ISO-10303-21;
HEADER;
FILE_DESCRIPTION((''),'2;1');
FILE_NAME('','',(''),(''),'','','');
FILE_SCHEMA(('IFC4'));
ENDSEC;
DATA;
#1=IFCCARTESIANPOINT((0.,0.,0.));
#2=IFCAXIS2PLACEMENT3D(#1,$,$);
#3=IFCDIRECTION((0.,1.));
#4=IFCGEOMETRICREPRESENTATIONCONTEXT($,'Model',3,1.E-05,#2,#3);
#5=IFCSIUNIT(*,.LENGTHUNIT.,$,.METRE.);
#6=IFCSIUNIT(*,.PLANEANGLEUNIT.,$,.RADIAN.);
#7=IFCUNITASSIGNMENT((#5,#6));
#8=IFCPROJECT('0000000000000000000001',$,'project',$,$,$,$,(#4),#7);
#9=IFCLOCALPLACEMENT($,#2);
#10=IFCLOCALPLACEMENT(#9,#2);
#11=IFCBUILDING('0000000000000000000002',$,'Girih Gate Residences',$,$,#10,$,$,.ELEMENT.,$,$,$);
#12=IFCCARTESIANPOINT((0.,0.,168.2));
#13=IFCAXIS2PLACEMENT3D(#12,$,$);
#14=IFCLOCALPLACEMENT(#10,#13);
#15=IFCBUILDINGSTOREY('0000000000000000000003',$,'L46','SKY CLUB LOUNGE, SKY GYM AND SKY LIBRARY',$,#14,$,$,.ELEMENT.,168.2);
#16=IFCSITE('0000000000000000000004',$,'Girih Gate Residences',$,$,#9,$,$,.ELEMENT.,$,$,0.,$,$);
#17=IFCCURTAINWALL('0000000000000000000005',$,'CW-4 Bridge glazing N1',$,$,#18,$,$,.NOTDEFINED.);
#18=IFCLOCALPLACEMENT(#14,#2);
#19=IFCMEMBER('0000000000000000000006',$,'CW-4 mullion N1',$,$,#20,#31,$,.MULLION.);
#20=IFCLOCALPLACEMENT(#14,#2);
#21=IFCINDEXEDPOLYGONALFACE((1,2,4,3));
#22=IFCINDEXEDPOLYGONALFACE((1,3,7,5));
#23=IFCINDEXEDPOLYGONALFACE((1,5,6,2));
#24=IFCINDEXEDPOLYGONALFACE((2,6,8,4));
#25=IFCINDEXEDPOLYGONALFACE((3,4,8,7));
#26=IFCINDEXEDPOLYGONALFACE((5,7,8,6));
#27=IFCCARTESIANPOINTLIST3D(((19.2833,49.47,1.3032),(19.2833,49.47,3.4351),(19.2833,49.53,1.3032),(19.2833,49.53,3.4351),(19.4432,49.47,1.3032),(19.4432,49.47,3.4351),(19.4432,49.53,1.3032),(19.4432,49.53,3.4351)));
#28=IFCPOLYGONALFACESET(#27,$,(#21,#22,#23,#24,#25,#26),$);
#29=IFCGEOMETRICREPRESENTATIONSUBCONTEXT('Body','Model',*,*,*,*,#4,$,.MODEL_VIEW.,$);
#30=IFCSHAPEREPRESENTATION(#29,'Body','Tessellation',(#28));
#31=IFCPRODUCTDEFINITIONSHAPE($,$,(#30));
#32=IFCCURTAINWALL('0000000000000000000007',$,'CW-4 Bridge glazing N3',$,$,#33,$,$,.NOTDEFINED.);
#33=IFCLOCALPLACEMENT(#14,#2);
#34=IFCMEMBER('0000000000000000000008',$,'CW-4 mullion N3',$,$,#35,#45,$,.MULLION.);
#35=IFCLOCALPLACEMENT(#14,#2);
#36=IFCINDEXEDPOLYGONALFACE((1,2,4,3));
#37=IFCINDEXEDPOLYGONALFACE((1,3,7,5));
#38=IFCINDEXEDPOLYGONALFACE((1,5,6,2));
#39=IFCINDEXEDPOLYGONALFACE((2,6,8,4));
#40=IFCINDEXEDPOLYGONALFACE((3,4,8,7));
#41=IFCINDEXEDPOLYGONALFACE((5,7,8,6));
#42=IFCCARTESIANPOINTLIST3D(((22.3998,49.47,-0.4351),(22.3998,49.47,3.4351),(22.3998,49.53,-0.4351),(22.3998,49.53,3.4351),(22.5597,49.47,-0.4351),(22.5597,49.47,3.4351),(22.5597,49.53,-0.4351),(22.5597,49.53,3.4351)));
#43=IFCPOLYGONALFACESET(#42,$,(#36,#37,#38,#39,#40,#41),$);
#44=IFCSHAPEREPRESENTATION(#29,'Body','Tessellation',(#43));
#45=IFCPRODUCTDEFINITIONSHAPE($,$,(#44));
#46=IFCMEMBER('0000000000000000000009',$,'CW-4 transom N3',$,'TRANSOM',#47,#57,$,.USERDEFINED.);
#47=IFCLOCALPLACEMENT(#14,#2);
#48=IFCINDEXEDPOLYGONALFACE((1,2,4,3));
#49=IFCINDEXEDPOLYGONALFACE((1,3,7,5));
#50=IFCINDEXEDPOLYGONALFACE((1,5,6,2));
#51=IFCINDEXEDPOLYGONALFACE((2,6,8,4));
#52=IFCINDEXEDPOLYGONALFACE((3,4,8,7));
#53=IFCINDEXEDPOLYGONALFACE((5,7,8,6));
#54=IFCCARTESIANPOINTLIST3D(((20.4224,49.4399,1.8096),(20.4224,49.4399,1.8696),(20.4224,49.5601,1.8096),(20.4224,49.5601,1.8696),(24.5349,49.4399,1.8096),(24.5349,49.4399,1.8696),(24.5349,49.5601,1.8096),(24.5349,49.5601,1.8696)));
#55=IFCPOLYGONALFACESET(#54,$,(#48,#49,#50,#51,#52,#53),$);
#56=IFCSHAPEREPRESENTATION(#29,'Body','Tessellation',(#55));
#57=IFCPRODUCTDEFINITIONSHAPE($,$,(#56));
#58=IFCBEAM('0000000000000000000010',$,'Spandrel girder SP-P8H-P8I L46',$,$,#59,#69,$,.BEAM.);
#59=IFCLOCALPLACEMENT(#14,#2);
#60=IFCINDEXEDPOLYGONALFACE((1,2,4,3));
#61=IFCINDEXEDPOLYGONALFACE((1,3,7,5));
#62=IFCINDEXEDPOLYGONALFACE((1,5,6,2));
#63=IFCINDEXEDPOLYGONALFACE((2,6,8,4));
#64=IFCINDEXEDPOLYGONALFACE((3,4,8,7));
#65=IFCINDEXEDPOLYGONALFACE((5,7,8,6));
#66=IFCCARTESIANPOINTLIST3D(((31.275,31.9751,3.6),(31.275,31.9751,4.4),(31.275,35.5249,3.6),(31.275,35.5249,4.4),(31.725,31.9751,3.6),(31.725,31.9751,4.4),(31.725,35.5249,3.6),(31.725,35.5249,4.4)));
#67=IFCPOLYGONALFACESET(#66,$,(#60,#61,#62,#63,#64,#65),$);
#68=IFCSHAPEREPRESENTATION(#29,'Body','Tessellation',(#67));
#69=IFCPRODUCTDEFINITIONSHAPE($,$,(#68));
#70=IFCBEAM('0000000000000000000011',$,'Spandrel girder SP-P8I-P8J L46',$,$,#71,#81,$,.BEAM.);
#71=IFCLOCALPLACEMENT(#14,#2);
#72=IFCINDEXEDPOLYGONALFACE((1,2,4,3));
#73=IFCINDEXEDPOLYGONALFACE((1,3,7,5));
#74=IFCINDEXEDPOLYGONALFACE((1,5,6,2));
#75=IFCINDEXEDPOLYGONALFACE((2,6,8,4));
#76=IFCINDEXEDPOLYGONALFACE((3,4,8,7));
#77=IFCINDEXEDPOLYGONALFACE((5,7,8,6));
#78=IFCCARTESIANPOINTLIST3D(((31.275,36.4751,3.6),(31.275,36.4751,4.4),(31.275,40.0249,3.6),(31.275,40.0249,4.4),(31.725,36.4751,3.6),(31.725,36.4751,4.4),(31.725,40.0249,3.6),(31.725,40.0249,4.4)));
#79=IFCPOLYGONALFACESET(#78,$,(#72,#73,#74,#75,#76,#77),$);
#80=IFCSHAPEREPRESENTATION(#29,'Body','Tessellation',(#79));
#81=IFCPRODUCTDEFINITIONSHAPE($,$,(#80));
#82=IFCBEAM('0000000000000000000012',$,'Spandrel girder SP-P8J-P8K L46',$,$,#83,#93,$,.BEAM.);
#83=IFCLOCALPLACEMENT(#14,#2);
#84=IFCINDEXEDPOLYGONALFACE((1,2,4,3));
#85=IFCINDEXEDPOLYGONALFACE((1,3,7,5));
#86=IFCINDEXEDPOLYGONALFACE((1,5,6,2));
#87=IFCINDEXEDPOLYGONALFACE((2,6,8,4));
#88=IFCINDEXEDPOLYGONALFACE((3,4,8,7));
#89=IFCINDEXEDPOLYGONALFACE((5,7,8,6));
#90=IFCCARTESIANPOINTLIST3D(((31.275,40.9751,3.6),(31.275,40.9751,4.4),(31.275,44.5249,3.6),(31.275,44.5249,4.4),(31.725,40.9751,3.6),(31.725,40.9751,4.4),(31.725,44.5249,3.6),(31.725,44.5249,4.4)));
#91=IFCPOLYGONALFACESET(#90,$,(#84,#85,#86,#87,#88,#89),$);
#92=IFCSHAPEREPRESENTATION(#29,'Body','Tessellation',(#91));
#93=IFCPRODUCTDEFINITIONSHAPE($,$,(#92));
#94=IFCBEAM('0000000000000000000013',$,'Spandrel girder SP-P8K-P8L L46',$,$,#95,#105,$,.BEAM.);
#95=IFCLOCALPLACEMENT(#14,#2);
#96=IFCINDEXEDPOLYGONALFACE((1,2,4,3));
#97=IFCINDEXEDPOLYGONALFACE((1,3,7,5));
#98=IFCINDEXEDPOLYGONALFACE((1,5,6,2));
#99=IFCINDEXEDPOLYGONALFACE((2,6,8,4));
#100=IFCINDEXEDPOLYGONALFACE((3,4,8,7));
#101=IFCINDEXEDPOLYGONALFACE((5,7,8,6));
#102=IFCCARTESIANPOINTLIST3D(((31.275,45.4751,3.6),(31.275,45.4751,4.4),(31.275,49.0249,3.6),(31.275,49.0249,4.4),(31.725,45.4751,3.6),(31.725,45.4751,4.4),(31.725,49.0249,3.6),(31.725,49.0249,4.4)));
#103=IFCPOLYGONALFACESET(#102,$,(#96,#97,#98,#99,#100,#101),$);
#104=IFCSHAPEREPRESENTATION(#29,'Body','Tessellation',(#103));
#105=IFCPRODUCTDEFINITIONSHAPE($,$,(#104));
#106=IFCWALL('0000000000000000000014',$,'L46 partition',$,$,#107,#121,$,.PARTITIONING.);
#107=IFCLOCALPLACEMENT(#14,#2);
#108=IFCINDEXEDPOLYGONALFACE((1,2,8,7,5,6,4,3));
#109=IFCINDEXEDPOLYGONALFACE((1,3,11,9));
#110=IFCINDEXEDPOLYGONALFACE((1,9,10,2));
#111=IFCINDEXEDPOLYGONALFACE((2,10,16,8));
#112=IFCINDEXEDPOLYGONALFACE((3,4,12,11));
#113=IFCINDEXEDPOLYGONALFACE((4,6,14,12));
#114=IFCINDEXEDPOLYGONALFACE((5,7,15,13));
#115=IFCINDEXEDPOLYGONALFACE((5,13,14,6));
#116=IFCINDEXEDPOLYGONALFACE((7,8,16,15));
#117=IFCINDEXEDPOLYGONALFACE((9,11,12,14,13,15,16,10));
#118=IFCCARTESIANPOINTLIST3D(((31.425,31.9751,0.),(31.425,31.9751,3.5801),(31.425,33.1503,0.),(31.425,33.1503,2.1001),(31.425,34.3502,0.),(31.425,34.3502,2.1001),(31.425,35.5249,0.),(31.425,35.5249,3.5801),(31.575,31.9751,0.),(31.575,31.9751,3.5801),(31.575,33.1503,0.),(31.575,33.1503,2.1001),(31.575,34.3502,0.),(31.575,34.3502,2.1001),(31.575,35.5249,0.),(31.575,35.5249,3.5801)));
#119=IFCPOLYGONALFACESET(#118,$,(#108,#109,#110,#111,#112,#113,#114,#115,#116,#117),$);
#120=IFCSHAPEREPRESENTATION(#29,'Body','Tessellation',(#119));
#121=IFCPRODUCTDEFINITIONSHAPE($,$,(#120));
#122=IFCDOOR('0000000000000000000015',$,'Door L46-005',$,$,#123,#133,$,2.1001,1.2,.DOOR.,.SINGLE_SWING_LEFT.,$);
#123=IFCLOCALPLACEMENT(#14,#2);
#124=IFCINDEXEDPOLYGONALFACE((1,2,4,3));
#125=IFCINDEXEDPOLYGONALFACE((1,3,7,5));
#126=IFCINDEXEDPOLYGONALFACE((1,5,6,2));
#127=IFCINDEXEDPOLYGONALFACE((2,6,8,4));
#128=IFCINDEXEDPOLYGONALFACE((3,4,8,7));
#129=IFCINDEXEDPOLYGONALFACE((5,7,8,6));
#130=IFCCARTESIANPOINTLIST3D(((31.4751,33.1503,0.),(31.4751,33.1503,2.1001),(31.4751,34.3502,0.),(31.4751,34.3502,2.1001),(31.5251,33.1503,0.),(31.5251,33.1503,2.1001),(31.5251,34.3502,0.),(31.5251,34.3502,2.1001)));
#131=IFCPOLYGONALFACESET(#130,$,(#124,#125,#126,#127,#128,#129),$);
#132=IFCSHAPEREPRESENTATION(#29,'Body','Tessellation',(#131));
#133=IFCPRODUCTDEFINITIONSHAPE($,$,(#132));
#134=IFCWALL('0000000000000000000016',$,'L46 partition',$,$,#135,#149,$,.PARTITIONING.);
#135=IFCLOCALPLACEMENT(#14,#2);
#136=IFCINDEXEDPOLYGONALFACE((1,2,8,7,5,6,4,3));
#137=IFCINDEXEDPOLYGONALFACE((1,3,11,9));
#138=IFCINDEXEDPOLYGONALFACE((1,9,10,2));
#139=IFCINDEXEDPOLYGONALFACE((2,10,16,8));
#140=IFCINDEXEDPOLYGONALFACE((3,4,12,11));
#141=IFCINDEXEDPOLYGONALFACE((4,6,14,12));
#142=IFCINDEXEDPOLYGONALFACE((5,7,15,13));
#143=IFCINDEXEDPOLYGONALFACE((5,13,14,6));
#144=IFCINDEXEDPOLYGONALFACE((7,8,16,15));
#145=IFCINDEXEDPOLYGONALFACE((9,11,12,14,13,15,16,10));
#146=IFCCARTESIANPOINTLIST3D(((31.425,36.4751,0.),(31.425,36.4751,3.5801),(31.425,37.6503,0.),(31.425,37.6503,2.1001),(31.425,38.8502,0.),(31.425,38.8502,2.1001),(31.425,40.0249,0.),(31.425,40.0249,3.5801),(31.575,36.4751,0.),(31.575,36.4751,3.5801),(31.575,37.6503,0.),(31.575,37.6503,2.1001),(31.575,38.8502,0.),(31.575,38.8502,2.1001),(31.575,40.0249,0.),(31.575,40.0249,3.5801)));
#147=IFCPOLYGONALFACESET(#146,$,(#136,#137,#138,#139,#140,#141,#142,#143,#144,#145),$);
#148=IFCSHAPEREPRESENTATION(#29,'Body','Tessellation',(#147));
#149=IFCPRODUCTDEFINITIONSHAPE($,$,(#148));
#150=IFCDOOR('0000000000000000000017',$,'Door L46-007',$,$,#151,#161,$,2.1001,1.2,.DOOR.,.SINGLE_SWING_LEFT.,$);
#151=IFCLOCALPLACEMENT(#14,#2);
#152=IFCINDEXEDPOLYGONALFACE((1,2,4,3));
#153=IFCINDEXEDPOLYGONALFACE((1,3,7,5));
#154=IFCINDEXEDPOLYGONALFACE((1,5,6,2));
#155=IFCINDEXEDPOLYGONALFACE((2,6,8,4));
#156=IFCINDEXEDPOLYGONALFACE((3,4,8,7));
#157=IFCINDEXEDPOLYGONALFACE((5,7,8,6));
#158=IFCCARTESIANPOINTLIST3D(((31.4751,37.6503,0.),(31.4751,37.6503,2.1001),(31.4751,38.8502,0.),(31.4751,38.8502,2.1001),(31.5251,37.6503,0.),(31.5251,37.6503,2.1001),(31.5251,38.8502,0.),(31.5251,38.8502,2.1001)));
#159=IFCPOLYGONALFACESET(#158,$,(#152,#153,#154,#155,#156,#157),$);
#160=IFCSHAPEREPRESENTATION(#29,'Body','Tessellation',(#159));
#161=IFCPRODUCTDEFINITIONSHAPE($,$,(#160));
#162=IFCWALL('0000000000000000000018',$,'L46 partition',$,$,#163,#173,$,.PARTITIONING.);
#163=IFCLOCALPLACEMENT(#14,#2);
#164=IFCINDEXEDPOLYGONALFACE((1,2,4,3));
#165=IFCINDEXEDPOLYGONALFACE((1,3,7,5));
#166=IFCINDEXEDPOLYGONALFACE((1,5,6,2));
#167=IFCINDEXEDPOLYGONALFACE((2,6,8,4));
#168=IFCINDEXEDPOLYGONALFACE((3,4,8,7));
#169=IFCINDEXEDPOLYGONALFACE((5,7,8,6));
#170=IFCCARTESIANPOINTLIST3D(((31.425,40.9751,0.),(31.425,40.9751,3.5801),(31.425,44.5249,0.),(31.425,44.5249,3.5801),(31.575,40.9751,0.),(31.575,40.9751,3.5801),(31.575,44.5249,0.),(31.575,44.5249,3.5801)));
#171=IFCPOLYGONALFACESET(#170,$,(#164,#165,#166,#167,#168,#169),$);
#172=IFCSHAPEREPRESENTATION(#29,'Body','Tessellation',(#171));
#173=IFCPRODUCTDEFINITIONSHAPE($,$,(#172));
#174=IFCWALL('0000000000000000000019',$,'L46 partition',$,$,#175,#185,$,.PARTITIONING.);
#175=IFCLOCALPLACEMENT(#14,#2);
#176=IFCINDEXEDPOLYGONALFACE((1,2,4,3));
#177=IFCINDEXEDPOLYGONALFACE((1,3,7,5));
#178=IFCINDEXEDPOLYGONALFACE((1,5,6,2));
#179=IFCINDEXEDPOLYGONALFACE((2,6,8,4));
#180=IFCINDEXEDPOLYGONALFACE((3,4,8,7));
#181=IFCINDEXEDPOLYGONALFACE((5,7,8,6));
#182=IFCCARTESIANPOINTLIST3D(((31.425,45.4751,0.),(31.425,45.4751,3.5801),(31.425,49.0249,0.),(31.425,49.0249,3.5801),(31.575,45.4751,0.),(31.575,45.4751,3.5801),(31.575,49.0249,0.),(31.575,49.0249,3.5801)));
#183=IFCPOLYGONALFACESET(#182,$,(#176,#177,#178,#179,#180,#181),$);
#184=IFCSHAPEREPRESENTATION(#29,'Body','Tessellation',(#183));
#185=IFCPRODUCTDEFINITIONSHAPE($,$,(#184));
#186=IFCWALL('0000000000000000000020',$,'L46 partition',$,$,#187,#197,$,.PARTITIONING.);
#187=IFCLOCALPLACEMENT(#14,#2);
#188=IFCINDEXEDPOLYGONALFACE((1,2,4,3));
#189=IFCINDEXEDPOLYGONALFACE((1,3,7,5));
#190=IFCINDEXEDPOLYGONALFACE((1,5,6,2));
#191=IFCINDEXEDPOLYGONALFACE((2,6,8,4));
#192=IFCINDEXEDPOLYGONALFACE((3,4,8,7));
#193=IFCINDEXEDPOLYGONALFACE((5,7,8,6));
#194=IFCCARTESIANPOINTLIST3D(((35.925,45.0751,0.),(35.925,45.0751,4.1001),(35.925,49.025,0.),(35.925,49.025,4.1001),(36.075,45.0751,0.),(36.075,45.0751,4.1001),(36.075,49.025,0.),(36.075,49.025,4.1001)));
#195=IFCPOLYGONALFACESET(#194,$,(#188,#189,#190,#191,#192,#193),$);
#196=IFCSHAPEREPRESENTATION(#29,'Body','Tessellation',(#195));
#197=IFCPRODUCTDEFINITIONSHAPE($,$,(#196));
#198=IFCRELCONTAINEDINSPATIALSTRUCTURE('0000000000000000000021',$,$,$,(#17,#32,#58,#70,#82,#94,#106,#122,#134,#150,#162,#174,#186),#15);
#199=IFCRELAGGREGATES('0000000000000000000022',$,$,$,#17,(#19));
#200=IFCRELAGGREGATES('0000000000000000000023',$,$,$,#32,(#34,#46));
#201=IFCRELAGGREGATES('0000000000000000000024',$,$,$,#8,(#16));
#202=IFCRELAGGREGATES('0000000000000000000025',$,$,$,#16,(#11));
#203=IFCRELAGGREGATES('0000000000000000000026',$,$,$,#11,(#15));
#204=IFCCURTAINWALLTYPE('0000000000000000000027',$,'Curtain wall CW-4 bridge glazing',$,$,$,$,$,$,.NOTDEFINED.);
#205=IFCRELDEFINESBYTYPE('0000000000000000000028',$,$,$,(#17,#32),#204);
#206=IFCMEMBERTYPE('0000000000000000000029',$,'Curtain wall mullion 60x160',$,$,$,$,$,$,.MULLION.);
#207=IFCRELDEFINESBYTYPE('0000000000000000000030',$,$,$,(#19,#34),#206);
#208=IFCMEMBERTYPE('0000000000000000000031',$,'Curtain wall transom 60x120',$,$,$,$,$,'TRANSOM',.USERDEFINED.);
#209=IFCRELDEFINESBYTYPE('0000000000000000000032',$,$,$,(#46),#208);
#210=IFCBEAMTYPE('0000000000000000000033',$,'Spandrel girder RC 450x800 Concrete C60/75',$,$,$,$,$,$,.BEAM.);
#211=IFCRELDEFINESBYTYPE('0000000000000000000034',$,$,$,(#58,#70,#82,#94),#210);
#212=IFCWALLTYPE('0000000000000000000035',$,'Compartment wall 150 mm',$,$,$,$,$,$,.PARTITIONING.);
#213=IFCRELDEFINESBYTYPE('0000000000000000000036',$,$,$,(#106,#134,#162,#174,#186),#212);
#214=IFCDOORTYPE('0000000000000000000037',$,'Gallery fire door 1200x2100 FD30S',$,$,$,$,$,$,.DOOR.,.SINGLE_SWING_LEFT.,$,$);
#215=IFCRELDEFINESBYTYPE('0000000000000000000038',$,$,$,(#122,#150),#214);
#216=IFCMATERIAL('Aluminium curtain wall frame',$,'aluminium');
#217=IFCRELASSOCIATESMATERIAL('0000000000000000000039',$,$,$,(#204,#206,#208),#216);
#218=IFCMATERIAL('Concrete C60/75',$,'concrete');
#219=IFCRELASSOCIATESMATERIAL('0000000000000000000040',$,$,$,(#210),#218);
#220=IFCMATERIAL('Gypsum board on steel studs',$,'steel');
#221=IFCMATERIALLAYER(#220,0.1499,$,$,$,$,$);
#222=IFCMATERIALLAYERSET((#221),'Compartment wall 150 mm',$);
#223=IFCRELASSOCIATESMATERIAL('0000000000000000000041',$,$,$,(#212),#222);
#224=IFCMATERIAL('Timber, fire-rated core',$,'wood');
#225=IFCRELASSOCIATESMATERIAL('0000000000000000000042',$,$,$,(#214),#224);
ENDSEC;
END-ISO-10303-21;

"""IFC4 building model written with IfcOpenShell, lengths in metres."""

from ifc_helpers import new_model, si_unit, direction, frame, frame_2d, origin, origin_2d, place, context, subcontext, project, spatial, rectangle, extrude, material, layer, layer_set, material_profile, profile_set, type_object, element, fill, aggregate, save


model = new_model("IFC4")

# Units and contexts
model_context = context("Model", 3, precision=1e-05, world=origin(), true_north=direction((0.0, 1.0)))
body_context = subcontext(model_context, "Body", "Model", "MODEL_VIEW")
ifc_project = project(units=[si_unit("LENGTHUNIT", "METRE"), si_unit("PLANEANGLEUNIT", "RADIAN")], contexts=[model_context])

# Site, building, storey
site_placement = place(None, origin())
site = spatial("IfcSite", under=ifc_project, at=site_placement, Name="Girih Gate Residences", CompositionType="ELEMENT", RefElevation=0.0)
building_placement = place(site_placement, origin())
building = spatial("IfcBuilding", under=site, at=building_placement, Name="Girih Gate Residences", CompositionType="ELEMENT")
storey_placement = place(building_placement, frame((0.0, 0.0, 168.2)))
storey = spatial("IfcBuildingStorey", under=building, at=storey_placement, Name="L46", Description="SKY CLUB LOUNGE, SKY GYM AND SKY LIBRARY", CompositionType="ELEMENT", Elevation=168.2)

# Curtain wall, member
ifc_material_1 = material(Name="Aluminium curtain wall frame", Category="aluminium")
curtain_wall_type = type_object("IfcCurtainWallType", Name="Curtain wall CW-4 bridge glazing", PredefinedType="NOTDEFINED", material=ifc_material_1)
curtain_wall_1_placement = place(storey_placement, origin())
curtain_wall_1 = element("IfcCurtainWall", 1, at=curtain_wall_1_placement, inside=storey, type_object=curtain_wall_type, Name="CW-4 Bridge glazing N1", PredefinedType="NOTDEFINED")
ifc_material_profile_1 = material_profile(ifc_material_1, rectangle(XDim=0.0601, YDim=0.1599, at=origin_2d()))
ifc_profile_set_1 = profile_set([ifc_material_profile_1], Name="Aluminium curtain wall frame")
member_type_1 = type_object("IfcMemberType", Name="Curtain wall mullion 60x160", PredefinedType="MULLION", material=ifc_profile_set_1)
member_1_placement = place(storey_placement, frame((19.3633, 49.5, 1.3032), z_axis=(0.0, 0.0, 1.0), x_axis=(0.0, 1.0, 0.0)))
member_1 = element("IfcMember", 2, at=member_1_placement, type_object=member_type_1, Name="CW-4 mullion N1", PredefinedType="MULLION", context=body_context, shape_type="SweptSolid", body=[
    extrude(rectangle(XDim=0.0601, YDim=0.1599, at=origin_2d()), origin(), (0.0, 0.0, 1.0), 2.1318),
])
aggregate(curtain_wall_1, [member_1])

# Curtain wall, members
curtain_wall_2_placement = place(storey_placement, origin())
curtain_wall_2 = element("IfcCurtainWall", 3, at=curtain_wall_2_placement, inside=storey, type_object=curtain_wall_type, Name="CW-4 Bridge glazing N3", PredefinedType="NOTDEFINED")
member_2_placement = place(storey_placement, frame((22.4797, 49.5, -0.4351), z_axis=(0.0, 0.0, 1.0), x_axis=(0.0, 1.0, 0.0)))
member_2 = element("IfcMember", 4, at=member_2_placement, type_object=member_type_1, Name="CW-4 mullion N3", PredefinedType="MULLION", context=body_context, shape_type="SweptSolid", body=[
    extrude(rectangle(XDim=0.0601, YDim=0.1599, at=origin_2d()), origin(), (0.0, 0.0, 1.0), 3.8701),
])
ifc_material_profile_2 = material_profile(ifc_material_1, rectangle(XDim=0.1201, YDim=0.0601, at=origin_2d()))
ifc_profile_set_2 = profile_set([ifc_material_profile_2], Name="Aluminium curtain wall frame")
member_type_2 = type_object("IfcMemberType", Name="Curtain wall transom 60x120", ElementType="TRANSOM", PredefinedType="USERDEFINED", material=ifc_profile_set_2)
member_3_placement = place(storey_placement, frame((20.4224, 49.5, 1.8396), z_axis=(1.0, 0.0, 0.0), x_axis=(0.0, 1.0, 0.0)))
member_3 = element("IfcMember", 5, at=member_3_placement, type_object=member_type_2, Name="CW-4 transom N3", ObjectType="TRANSOM", PredefinedType="USERDEFINED", context=body_context, shape_type="SweptSolid", body=[
    extrude(rectangle(XDim=0.1201, YDim=0.0601, at=origin_2d()), origin(), (0.0, 0.0, 1.0), 4.1125),
])
aggregate(curtain_wall_2, [member_2, member_3])

# Beams
ifc_material_2 = material(Name="Concrete C60/75", Category="concrete")
ifc_material_profile_3 = material_profile(ifc_material_2, rectangle(XDim=0.45, YDim=0.8, at=origin_2d()))
ifc_profile_set_3 = profile_set([ifc_material_profile_3], Name="Concrete C60/75")
beam_type = type_object("IfcBeamType", Name="Spandrel girder RC 450x800 Concrete C60/75", PredefinedType="BEAM", material=ifc_profile_set_3)
for number, where, z_axis, x_axis, name in (
    (6, (31.5, 31.9751, 4.0), (0.0, 1.0, 0.0), (-1.0, 0.0, 0.0), "Spandrel girder SP-P8H-P8I L46"),
    (7, (31.5, 36.4751, 4.0), (0.0, 1.0, 0.0), (-1.0, 0.0, 0.0), "Spandrel girder SP-P8I-P8J L46"),
    (8, (31.5, 40.9751, 4.0), (0.0, 1.0, 0.0), (-1.0, 0.0, 0.0), "Spandrel girder SP-P8J-P8K L46"),
    (9, (31.5, 45.4751, 4.0), (0.0, 1.0, 0.0), (-1.0, 0.0, 0.0), "Spandrel girder SP-P8K-P8L L46"),
):
    element("IfcBeam", number, at=place(storey_placement, frame(where, z_axis=z_axis, x_axis=x_axis)), inside=storey, type_object=beam_type, Name=name, PredefinedType="BEAM", context=body_context, shape_type="SweptSolid", body=[
        extrude(rectangle(XDim=0.45, YDim=0.8, at=origin_2d()), origin(), (0.0, 0.0, 1.0), 3.5498),
    ])

# Walls, openings, doors
ifc_material_3 = material(Name="Gypsum board on steel studs", Category="steel")
ifc_layer = layer(ifc_material_3, 0.1499)
ifc_layer_set = layer_set([ifc_layer], Name="Compartment wall 150 mm")
wall_type = type_object("IfcWallType", Name="Compartment wall 150 mm", PredefinedType="PARTITIONING", material=ifc_layer_set)
wall_1_placement = place(storey_placement, frame((31.5, 31.9751, 0.0), z_axis=(0.0, 0.0, 1.0), x_axis=(0.0, 1.0, 0.0)))
wall_1 = element("IfcWall", 10, at=wall_1_placement, inside=storey, type_object=wall_type, Name="L46 partition", PredefinedType="PARTITIONING", context=body_context, shape_type="SweptSolid", body=[
    extrude(rectangle(XDim=3.5498, YDim=0.1499, at=frame_2d((1.7749, 0.0))), origin(), (0.0, 0.0, 1.0), 3.5801),
])
opening_1_placement = place(wall_1_placement, frame((1.175, 0.0, 0.0)))
opening_1 = element("IfcOpeningElement", 11, at=opening_1_placement, cuts=wall_1, PredefinedType="OPENING", context=body_context, shape_type="SweptSolid", body=[
    extrude(rectangle(XDim=1.2, YDim=2.1001, at=frame_2d((0.6001, 1.05))), frame((0.0, 0.085, 0.0), z_axis=(0.0, -1.0, 0.0), x_axis=(1.0, 0.0, 0.0)), (0.0, 0.0, 1.0), 0.1699),
])
ifc_material_4 = material(Name="Timber, fire-rated core", Category="wood")
door_type_1 = type_object("IfcDoorType", Name="Gallery fire door 1200x2100 FD30S", OperationType="SINGLE_SWING_LEFT", PredefinedType="DOOR", material=ifc_material_4)
door_1_placement = place(opening_1_placement, origin())
door_1 = element("IfcDoor", 12, at=door_1_placement, inside=storey, type_object=door_type_1, Name="Door L46-005", OperationType="SINGLE_SWING_LEFT", OverallHeight=2.1001, OverallWidth=1.2, PredefinedType="DOOR", context=body_context, shape_type="SweptSolid", body=[
    extrude(rectangle(XDim=1.2, YDim=2.1001, at=frame_2d((0.6001, 1.05))), frame((0.0, 0.0249, 0.0), z_axis=(0.0, -1.0, 0.0), x_axis=(1.0, 0.0, 0.0)), (0.0, 0.0, 1.0), 0.05),
])
fill(opening_1, door_1)
wall_2_placement = place(storey_placement, frame((31.5, 36.4751, 0.0), z_axis=(0.0, 0.0, 1.0), x_axis=(0.0, 1.0, 0.0)))
wall_2 = element("IfcWall", 13, at=wall_2_placement, inside=storey, type_object=wall_type, Name="L46 partition", PredefinedType="PARTITIONING", context=body_context, shape_type="SweptSolid", body=[
    extrude(rectangle(XDim=3.5498, YDim=0.1499, at=frame_2d((1.7749, 0.0))), origin(), (0.0, 0.0, 1.0), 3.5801),
])
opening_2_placement = place(wall_2_placement, frame((1.175, 0.0, 0.0)))
opening_2 = element("IfcOpeningElement", 14, at=opening_2_placement, cuts=wall_2, PredefinedType="OPENING", context=body_context, shape_type="SweptSolid", body=[
    extrude(rectangle(XDim=1.2, YDim=2.1001, at=frame_2d((0.6001, 1.05))), frame((0.0, 0.085, 0.0), z_axis=(0.0, -1.0, 0.0), x_axis=(1.0, 0.0, 0.0)), (0.0, 0.0, 1.0), 0.1699),
])
door_2_placement = place(opening_2_placement, origin())
door_2 = element("IfcDoor", 15, at=door_2_placement, inside=storey, type_object=door_type_1, Name="Door L46-007", OperationType="SINGLE_SWING_LEFT", OverallHeight=2.1001, OverallWidth=1.2, PredefinedType="DOOR", context=body_context, shape_type="SweptSolid", body=[
    extrude(rectangle(XDim=1.2, YDim=2.1001, at=frame_2d((0.6001, 1.05))), frame((0.0, 0.0249, 0.0), z_axis=(0.0, -1.0, 0.0), x_axis=(1.0, 0.0, 0.0)), (0.0, 0.0, 1.0), 0.05),
])
fill(opening_2, door_2)

# Walls
for number, where, z_axis, x_axis, name in (
    (16, (31.5, 40.9751, 0.0), (0.0, 0.0, 1.0), (0.0, 1.0, 0.0), "L46 partition"),
    (17, (31.5, 45.4751, 0.0), (0.0, 0.0, 1.0), (0.0, 1.0, 0.0), "L46 partition"),
):
    element("IfcWall", number, at=place(storey_placement, frame(where, z_axis=z_axis, x_axis=x_axis)), inside=storey, type_object=wall_type, Name=name, PredefinedType="PARTITIONING", context=body_context, shape_type="SweptSolid", body=[
        extrude(rectangle(XDim=3.5498, YDim=0.1499, at=frame_2d((1.7749, 0.0))), origin(), (0.0, 0.0, 1.0), 3.5801),
    ])
wall_3_placement = place(storey_placement, frame((36.0, 45.075, 0.0), z_axis=(0.0, 0.0, 1.0), x_axis=(0.0, 1.0, 0.0)))
element("IfcWall", 18, at=wall_3_placement, inside=storey, type_object=wall_type, Name="L46 partition", PredefinedType="PARTITIONING", context=body_context, shape_type="SweptSolid", body=[
    extrude(rectangle(XDim=3.95, YDim=0.1499, at=frame_2d((1.9751, 0.0))), origin(), (0.0, 0.0, 1.0), 4.1001),
])

save(model, "model.ifc")
